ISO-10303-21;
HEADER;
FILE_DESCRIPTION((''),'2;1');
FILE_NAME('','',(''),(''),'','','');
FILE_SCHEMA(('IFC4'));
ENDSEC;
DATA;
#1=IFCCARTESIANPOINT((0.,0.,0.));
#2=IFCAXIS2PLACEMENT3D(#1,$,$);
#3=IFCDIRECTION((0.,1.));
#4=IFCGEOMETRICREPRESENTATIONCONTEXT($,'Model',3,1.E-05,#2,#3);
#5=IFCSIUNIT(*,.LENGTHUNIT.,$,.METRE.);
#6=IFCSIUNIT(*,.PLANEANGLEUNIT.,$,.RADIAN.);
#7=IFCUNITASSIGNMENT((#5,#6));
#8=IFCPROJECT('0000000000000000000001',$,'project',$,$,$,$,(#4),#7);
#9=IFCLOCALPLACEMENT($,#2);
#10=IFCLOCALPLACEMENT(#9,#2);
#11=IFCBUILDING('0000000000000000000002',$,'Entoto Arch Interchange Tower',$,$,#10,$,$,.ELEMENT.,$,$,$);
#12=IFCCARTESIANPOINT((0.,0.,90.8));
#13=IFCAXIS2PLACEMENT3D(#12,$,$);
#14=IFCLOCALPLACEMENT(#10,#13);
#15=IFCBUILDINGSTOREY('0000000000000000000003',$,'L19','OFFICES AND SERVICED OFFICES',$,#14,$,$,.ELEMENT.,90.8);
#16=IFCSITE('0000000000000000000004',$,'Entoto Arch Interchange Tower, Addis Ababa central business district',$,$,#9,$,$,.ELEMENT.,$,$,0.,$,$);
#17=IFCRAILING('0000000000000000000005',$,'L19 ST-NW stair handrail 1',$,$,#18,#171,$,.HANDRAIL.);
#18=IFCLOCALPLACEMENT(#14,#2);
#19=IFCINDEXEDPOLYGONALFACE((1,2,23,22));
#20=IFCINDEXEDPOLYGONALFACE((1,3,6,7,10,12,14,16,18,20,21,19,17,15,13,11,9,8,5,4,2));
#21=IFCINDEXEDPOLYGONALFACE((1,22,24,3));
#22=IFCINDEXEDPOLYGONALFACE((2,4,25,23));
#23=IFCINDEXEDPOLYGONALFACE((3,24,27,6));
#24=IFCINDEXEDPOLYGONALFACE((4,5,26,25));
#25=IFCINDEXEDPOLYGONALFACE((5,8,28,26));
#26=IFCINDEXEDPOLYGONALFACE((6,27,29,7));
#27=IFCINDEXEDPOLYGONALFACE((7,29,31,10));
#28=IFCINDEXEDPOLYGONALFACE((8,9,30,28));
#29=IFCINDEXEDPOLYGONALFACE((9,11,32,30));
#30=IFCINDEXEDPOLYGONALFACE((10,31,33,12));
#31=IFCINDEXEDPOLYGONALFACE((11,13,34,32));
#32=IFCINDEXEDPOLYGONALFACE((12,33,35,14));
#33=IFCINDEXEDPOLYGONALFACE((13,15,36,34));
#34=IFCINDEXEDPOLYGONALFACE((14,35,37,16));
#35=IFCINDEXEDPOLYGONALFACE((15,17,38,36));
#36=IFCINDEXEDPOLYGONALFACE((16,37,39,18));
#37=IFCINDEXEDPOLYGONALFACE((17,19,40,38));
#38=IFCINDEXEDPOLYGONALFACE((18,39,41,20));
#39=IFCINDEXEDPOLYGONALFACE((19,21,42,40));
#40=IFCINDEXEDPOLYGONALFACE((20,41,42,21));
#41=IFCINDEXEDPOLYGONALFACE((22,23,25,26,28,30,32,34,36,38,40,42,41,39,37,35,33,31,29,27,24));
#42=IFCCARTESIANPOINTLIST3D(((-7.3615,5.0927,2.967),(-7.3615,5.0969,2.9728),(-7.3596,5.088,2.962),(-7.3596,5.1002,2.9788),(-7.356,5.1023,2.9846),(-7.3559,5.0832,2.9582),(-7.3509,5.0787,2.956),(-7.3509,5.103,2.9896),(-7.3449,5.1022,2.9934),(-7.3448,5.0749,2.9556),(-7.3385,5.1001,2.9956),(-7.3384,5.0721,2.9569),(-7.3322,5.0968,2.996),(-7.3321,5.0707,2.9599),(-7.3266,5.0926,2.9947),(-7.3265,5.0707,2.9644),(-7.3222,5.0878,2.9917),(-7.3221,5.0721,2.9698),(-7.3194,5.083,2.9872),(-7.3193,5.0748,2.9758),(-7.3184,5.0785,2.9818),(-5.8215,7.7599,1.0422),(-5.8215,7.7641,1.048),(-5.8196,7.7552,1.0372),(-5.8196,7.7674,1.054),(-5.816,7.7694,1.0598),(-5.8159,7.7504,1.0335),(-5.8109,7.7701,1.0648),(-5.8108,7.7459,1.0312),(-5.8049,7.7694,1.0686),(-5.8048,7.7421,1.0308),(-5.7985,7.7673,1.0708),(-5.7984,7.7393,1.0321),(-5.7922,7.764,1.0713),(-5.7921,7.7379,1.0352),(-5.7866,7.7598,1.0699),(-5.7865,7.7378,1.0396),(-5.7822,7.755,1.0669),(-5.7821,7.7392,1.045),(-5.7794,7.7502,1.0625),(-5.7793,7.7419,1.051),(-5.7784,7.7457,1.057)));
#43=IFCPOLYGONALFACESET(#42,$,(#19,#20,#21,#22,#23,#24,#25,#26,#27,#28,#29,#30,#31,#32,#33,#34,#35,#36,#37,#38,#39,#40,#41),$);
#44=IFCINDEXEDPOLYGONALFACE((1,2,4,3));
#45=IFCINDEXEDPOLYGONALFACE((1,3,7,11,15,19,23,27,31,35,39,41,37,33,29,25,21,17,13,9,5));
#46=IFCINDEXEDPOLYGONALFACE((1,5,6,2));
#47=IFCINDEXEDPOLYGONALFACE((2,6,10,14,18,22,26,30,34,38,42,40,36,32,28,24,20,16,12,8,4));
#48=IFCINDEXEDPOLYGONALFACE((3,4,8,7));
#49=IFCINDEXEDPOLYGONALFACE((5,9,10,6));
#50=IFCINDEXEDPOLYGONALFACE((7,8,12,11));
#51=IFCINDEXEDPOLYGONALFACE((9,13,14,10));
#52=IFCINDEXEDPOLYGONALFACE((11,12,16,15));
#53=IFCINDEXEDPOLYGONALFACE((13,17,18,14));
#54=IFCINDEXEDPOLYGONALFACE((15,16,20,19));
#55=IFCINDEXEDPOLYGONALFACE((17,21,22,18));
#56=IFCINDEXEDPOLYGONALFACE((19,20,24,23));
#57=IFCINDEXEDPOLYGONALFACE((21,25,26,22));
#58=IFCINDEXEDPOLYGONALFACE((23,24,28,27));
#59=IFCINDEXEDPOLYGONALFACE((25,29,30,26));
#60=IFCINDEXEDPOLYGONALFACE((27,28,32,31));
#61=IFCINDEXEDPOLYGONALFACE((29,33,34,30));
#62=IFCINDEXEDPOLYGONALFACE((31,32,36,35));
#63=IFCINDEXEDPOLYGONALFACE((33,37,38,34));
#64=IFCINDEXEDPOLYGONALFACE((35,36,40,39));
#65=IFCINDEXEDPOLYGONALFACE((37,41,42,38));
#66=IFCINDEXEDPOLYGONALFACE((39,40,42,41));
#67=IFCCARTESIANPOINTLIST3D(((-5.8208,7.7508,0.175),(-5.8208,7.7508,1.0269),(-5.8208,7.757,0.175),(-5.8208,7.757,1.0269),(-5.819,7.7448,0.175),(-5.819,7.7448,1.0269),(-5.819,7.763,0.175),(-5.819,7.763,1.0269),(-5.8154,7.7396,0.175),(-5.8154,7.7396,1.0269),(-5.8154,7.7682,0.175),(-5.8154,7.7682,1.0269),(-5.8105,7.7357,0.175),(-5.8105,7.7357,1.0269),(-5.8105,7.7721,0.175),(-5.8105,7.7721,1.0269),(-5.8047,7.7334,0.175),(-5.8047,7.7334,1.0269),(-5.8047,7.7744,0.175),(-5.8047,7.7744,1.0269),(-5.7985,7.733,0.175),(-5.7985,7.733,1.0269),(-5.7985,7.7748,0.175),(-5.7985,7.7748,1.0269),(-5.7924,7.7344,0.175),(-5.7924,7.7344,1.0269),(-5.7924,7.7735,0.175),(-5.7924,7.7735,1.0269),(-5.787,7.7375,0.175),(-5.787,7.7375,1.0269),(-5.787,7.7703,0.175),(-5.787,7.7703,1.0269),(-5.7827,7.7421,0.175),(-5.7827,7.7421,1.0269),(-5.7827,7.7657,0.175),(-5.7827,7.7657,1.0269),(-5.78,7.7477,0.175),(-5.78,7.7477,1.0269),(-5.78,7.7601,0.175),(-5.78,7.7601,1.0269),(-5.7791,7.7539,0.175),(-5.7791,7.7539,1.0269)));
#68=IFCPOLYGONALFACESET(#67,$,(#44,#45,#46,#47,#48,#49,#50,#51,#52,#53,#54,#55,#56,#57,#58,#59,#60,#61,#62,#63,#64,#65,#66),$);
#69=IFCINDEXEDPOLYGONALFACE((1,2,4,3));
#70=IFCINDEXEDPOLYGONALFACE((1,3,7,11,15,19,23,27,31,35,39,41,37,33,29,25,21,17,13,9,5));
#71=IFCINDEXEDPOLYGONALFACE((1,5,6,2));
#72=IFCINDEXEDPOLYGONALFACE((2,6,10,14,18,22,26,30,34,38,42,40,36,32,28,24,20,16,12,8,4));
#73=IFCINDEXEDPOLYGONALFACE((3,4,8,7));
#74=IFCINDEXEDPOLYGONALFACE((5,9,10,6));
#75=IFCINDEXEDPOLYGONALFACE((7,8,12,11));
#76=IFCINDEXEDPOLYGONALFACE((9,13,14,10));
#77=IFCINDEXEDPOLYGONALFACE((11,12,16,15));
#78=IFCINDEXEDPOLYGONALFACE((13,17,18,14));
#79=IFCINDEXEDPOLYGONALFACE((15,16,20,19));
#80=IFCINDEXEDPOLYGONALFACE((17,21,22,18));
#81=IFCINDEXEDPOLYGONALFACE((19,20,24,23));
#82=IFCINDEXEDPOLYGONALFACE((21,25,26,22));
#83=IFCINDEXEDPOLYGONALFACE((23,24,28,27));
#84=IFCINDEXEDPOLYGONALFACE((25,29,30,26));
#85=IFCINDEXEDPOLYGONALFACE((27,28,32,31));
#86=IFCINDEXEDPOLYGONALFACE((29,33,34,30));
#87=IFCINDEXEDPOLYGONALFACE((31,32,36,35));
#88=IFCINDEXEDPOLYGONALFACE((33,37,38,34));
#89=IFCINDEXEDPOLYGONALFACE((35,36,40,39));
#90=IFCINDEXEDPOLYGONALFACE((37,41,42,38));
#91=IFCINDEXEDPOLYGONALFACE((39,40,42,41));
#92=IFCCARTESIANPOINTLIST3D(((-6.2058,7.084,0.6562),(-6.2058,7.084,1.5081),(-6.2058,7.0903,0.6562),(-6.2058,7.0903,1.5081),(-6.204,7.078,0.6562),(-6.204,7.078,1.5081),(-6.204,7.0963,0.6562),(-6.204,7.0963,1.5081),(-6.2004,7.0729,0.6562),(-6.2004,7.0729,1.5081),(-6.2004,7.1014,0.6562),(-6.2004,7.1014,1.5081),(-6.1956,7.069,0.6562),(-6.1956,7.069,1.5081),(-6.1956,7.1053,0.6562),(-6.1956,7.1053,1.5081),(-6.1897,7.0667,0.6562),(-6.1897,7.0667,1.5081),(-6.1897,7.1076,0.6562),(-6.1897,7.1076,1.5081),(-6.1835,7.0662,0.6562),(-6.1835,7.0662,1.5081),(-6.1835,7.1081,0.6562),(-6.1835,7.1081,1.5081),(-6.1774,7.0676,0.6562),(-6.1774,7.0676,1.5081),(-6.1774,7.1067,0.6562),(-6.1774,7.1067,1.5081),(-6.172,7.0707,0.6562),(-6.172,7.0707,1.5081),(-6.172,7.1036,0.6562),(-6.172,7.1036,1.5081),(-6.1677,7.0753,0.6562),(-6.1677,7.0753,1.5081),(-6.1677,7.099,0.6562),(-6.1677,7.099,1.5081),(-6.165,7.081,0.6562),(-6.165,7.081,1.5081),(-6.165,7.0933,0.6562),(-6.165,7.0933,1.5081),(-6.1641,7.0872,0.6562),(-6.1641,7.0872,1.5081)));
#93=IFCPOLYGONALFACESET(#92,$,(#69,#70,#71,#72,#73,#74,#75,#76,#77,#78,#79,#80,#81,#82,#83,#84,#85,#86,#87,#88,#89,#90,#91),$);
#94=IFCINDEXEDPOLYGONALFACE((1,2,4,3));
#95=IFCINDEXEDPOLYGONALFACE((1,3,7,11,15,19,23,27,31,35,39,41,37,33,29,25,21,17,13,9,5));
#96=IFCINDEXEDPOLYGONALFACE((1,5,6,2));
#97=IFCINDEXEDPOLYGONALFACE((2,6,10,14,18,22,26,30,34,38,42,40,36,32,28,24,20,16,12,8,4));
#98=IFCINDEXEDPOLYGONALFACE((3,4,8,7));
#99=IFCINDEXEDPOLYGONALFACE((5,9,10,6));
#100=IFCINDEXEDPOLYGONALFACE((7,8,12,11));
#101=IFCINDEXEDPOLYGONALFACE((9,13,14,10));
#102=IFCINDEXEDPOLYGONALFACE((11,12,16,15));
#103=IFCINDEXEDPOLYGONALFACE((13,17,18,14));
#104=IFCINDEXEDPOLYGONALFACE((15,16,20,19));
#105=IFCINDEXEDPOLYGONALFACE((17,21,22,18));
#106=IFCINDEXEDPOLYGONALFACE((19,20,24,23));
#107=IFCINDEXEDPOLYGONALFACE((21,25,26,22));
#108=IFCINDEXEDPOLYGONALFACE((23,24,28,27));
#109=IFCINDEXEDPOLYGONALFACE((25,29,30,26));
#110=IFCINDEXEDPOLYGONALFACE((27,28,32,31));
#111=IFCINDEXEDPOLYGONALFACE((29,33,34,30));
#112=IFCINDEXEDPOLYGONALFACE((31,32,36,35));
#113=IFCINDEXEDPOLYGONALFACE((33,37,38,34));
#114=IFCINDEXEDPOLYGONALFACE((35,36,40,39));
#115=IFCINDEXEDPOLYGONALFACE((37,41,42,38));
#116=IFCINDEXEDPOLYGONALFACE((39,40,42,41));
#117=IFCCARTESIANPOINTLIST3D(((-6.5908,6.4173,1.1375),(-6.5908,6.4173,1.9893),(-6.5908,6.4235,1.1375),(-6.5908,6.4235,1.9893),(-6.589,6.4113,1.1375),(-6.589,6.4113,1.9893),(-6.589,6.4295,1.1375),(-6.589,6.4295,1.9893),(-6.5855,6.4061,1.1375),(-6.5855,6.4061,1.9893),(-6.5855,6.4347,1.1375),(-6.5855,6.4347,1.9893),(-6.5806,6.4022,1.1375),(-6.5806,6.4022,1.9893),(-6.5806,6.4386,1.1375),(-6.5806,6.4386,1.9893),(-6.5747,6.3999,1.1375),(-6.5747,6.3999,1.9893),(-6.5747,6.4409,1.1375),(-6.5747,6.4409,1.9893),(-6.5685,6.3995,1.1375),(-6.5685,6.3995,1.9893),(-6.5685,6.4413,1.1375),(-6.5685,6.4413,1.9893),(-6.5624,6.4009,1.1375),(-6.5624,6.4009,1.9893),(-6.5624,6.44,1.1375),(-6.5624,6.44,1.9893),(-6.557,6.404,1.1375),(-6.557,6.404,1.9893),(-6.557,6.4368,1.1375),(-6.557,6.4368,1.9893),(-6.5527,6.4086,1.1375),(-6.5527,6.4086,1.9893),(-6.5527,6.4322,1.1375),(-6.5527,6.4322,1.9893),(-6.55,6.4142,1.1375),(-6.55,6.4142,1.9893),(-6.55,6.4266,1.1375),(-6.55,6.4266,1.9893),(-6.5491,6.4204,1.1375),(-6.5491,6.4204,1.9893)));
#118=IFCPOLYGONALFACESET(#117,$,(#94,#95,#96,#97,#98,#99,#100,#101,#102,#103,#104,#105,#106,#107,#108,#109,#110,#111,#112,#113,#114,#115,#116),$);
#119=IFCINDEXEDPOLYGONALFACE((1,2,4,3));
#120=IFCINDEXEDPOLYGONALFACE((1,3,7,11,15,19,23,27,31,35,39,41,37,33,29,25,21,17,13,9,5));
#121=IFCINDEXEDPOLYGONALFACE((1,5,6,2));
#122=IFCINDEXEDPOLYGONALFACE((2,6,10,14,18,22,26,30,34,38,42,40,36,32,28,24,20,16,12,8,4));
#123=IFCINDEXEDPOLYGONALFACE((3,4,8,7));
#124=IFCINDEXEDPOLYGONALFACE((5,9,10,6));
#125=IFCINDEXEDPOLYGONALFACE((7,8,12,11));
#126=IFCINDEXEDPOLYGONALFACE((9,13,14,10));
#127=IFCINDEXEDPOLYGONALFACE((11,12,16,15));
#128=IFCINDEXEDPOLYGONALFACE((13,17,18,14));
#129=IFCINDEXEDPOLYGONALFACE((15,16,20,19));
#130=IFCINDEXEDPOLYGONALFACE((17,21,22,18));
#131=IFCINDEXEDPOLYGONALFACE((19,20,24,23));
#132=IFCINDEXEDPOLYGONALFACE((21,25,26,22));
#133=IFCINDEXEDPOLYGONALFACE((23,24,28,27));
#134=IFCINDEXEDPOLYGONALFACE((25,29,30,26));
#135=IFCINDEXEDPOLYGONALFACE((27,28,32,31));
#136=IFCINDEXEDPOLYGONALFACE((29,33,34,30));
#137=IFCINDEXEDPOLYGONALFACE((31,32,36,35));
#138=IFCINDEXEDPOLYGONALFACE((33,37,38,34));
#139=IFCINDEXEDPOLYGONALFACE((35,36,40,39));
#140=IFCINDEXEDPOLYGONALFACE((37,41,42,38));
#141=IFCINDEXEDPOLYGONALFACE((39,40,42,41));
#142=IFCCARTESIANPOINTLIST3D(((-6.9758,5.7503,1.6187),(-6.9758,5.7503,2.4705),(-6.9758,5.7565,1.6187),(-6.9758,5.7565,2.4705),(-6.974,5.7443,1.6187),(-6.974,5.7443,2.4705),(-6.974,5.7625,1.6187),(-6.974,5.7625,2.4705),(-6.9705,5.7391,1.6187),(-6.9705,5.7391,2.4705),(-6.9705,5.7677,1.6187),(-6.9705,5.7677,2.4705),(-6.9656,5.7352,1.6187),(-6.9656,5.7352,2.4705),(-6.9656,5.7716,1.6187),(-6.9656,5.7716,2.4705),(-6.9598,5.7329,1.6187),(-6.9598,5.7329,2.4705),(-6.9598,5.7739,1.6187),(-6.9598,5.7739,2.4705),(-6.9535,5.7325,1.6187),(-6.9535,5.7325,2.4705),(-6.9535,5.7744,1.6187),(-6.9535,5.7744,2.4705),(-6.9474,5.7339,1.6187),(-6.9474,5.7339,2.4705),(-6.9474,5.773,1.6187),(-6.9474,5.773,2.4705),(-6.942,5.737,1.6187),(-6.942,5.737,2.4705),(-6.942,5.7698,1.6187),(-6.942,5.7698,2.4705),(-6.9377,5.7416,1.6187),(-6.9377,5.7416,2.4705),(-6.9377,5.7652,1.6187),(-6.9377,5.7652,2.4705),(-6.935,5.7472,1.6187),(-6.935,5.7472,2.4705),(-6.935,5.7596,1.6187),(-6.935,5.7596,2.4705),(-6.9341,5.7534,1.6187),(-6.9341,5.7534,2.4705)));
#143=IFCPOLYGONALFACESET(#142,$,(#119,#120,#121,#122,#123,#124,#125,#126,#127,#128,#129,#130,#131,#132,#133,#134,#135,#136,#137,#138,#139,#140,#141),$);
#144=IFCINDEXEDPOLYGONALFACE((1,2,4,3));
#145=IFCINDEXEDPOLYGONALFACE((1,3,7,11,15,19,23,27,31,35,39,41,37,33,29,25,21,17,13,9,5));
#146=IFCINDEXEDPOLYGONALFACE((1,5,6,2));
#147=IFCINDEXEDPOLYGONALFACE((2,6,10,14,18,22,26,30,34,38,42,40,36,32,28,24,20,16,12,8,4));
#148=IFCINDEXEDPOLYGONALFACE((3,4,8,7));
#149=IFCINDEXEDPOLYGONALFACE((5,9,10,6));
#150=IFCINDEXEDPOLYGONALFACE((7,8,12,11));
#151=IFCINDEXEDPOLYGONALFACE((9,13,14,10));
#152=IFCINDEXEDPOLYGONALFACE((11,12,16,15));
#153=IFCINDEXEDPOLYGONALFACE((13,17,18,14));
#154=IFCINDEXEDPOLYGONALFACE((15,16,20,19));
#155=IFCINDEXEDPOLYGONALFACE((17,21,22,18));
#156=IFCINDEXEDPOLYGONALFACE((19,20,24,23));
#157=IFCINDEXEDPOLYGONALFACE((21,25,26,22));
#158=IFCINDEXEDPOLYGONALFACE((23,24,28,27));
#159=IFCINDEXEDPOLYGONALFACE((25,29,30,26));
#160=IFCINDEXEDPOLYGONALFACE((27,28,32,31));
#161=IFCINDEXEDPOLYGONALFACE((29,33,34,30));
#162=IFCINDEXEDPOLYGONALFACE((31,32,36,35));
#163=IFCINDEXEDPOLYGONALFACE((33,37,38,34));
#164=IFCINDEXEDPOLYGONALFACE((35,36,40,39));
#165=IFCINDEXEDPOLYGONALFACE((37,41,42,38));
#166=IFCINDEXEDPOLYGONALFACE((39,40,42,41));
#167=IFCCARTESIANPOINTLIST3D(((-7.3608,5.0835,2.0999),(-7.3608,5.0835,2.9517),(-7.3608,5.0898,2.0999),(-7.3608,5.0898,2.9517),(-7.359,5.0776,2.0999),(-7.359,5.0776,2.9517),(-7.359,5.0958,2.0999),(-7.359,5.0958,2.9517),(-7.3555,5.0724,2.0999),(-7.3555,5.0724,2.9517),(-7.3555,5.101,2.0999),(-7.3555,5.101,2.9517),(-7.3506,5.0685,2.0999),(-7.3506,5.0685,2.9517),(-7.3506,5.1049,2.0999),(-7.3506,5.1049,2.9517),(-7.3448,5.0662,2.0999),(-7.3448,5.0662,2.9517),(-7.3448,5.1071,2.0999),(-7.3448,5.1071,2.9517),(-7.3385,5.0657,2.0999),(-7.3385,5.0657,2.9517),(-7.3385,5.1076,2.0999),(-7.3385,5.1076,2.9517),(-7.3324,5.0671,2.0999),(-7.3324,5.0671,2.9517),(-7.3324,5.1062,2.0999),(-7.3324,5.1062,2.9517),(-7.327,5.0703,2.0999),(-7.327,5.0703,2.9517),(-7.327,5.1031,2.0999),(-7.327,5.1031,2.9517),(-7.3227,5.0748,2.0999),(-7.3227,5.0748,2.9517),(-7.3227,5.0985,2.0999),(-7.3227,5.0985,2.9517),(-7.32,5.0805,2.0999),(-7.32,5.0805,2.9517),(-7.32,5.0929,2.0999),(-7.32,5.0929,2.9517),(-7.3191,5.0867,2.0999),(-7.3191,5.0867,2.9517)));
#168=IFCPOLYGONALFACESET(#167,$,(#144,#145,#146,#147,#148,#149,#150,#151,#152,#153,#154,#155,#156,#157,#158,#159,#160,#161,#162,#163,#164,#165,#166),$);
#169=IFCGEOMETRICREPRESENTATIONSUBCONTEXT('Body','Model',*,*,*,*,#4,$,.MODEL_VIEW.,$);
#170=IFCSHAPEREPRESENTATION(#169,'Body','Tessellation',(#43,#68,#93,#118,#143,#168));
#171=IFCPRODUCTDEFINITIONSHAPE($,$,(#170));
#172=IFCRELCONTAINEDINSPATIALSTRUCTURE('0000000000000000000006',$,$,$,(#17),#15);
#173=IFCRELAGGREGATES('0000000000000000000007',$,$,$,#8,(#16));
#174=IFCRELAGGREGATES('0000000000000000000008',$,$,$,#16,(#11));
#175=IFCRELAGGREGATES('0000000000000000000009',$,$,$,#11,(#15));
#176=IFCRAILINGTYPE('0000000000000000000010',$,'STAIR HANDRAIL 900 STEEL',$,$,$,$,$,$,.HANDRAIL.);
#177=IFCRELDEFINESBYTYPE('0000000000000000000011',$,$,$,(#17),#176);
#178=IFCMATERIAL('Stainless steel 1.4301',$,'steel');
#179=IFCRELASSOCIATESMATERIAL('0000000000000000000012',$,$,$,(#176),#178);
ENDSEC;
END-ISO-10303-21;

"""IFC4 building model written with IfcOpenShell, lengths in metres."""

from ifc_helpers import new_model, si_unit, direction, frame, origin, origin_2d, place, context, subcontext, project, spatial, circle, extrude, material, type_object, element, save


model = new_model("IFC4")

# Units and contexts
model_context = context("Model", 3, precision=1e-05, world=origin(), true_north=direction((0.0, 1.0)))
body_context = subcontext(model_context, "Body", "Model", "MODEL_VIEW")
ifc_project = project(units=[si_unit("LENGTHUNIT", "METRE"), si_unit("PLANEANGLEUNIT", "RADIAN")], contexts=[model_context])

# Site, building, storey
site_placement = place(None, origin())
site = spatial("IfcSite", under=ifc_project, at=site_placement, Name="Entoto Arch Interchange Tower, Addis Ababa central business district", CompositionType="ELEMENT", RefElevation=0.0)
building_placement = place(site_placement, origin())
building = spatial("IfcBuilding", under=site, at=building_placement, Name="Entoto Arch Interchange Tower", CompositionType="ELEMENT")
storey_placement = place(building_placement, frame((0.0, 0.0, 90.8)))
storey = spatial("IfcBuildingStorey", under=building, at=storey_placement, Name="L19", Description="OFFICES AND SERVICED OFFICES", CompositionType="ELEMENT", Elevation=90.8)

# Railing
ifc_material_1 = material(Name="Stainless steel 1.4301", Category="steel")
railing_type = type_object("IfcRailingType", Name="STAIR HANDRAIL 900 STEEL", PredefinedType="HANDRAIL", material=ifc_material_1)
railing_placement = place(storey_placement, frame((-5.8, 7.7539, 0.175)))
element("IfcRailing", 1, at=railing_placement, inside=storey, type_object=railing_type, Name="L19 ST-NW stair handrail 1", PredefinedType="HANDRAIL", context=body_context, shape_type="SweptSolid", body=[
    extrude(circle(Radius=0.0239, at=origin_2d()), frame((0.0, 0.0, 0.876), z_axis=(-0.424031, -0.73439, 0.529971), x_axis=(0.86601, -0.500027, 0.0)), (0.0, 0.0, 1.0), 3.6318),
    extrude(circle(Radius=0.021, at=origin_2d()), origin(), (0.0, 0.0, 1.0), 0.8518),
    extrude(circle(Radius=0.021, at=origin_2d()), frame((-0.385, -0.6667, 0.4812)), (0.0, 0.0, 1.0), 0.8518),
    extrude(circle(Radius=0.021, at=origin_2d()), frame((-0.77, -1.3335, 0.9624)), (0.0, 0.0, 1.0), 0.8518),
    extrude(circle(Radius=0.021, at=origin_2d()), frame((-1.155, -2.0005, 1.4436)), (0.0, 0.0, 1.0), 0.8518),
    extrude(circle(Radius=0.021, at=origin_2d()), frame((-1.54, -2.6672, 1.9248)), (0.0, 0.0, 1.0), 0.8518),
])

save(model, "model.ifc")
